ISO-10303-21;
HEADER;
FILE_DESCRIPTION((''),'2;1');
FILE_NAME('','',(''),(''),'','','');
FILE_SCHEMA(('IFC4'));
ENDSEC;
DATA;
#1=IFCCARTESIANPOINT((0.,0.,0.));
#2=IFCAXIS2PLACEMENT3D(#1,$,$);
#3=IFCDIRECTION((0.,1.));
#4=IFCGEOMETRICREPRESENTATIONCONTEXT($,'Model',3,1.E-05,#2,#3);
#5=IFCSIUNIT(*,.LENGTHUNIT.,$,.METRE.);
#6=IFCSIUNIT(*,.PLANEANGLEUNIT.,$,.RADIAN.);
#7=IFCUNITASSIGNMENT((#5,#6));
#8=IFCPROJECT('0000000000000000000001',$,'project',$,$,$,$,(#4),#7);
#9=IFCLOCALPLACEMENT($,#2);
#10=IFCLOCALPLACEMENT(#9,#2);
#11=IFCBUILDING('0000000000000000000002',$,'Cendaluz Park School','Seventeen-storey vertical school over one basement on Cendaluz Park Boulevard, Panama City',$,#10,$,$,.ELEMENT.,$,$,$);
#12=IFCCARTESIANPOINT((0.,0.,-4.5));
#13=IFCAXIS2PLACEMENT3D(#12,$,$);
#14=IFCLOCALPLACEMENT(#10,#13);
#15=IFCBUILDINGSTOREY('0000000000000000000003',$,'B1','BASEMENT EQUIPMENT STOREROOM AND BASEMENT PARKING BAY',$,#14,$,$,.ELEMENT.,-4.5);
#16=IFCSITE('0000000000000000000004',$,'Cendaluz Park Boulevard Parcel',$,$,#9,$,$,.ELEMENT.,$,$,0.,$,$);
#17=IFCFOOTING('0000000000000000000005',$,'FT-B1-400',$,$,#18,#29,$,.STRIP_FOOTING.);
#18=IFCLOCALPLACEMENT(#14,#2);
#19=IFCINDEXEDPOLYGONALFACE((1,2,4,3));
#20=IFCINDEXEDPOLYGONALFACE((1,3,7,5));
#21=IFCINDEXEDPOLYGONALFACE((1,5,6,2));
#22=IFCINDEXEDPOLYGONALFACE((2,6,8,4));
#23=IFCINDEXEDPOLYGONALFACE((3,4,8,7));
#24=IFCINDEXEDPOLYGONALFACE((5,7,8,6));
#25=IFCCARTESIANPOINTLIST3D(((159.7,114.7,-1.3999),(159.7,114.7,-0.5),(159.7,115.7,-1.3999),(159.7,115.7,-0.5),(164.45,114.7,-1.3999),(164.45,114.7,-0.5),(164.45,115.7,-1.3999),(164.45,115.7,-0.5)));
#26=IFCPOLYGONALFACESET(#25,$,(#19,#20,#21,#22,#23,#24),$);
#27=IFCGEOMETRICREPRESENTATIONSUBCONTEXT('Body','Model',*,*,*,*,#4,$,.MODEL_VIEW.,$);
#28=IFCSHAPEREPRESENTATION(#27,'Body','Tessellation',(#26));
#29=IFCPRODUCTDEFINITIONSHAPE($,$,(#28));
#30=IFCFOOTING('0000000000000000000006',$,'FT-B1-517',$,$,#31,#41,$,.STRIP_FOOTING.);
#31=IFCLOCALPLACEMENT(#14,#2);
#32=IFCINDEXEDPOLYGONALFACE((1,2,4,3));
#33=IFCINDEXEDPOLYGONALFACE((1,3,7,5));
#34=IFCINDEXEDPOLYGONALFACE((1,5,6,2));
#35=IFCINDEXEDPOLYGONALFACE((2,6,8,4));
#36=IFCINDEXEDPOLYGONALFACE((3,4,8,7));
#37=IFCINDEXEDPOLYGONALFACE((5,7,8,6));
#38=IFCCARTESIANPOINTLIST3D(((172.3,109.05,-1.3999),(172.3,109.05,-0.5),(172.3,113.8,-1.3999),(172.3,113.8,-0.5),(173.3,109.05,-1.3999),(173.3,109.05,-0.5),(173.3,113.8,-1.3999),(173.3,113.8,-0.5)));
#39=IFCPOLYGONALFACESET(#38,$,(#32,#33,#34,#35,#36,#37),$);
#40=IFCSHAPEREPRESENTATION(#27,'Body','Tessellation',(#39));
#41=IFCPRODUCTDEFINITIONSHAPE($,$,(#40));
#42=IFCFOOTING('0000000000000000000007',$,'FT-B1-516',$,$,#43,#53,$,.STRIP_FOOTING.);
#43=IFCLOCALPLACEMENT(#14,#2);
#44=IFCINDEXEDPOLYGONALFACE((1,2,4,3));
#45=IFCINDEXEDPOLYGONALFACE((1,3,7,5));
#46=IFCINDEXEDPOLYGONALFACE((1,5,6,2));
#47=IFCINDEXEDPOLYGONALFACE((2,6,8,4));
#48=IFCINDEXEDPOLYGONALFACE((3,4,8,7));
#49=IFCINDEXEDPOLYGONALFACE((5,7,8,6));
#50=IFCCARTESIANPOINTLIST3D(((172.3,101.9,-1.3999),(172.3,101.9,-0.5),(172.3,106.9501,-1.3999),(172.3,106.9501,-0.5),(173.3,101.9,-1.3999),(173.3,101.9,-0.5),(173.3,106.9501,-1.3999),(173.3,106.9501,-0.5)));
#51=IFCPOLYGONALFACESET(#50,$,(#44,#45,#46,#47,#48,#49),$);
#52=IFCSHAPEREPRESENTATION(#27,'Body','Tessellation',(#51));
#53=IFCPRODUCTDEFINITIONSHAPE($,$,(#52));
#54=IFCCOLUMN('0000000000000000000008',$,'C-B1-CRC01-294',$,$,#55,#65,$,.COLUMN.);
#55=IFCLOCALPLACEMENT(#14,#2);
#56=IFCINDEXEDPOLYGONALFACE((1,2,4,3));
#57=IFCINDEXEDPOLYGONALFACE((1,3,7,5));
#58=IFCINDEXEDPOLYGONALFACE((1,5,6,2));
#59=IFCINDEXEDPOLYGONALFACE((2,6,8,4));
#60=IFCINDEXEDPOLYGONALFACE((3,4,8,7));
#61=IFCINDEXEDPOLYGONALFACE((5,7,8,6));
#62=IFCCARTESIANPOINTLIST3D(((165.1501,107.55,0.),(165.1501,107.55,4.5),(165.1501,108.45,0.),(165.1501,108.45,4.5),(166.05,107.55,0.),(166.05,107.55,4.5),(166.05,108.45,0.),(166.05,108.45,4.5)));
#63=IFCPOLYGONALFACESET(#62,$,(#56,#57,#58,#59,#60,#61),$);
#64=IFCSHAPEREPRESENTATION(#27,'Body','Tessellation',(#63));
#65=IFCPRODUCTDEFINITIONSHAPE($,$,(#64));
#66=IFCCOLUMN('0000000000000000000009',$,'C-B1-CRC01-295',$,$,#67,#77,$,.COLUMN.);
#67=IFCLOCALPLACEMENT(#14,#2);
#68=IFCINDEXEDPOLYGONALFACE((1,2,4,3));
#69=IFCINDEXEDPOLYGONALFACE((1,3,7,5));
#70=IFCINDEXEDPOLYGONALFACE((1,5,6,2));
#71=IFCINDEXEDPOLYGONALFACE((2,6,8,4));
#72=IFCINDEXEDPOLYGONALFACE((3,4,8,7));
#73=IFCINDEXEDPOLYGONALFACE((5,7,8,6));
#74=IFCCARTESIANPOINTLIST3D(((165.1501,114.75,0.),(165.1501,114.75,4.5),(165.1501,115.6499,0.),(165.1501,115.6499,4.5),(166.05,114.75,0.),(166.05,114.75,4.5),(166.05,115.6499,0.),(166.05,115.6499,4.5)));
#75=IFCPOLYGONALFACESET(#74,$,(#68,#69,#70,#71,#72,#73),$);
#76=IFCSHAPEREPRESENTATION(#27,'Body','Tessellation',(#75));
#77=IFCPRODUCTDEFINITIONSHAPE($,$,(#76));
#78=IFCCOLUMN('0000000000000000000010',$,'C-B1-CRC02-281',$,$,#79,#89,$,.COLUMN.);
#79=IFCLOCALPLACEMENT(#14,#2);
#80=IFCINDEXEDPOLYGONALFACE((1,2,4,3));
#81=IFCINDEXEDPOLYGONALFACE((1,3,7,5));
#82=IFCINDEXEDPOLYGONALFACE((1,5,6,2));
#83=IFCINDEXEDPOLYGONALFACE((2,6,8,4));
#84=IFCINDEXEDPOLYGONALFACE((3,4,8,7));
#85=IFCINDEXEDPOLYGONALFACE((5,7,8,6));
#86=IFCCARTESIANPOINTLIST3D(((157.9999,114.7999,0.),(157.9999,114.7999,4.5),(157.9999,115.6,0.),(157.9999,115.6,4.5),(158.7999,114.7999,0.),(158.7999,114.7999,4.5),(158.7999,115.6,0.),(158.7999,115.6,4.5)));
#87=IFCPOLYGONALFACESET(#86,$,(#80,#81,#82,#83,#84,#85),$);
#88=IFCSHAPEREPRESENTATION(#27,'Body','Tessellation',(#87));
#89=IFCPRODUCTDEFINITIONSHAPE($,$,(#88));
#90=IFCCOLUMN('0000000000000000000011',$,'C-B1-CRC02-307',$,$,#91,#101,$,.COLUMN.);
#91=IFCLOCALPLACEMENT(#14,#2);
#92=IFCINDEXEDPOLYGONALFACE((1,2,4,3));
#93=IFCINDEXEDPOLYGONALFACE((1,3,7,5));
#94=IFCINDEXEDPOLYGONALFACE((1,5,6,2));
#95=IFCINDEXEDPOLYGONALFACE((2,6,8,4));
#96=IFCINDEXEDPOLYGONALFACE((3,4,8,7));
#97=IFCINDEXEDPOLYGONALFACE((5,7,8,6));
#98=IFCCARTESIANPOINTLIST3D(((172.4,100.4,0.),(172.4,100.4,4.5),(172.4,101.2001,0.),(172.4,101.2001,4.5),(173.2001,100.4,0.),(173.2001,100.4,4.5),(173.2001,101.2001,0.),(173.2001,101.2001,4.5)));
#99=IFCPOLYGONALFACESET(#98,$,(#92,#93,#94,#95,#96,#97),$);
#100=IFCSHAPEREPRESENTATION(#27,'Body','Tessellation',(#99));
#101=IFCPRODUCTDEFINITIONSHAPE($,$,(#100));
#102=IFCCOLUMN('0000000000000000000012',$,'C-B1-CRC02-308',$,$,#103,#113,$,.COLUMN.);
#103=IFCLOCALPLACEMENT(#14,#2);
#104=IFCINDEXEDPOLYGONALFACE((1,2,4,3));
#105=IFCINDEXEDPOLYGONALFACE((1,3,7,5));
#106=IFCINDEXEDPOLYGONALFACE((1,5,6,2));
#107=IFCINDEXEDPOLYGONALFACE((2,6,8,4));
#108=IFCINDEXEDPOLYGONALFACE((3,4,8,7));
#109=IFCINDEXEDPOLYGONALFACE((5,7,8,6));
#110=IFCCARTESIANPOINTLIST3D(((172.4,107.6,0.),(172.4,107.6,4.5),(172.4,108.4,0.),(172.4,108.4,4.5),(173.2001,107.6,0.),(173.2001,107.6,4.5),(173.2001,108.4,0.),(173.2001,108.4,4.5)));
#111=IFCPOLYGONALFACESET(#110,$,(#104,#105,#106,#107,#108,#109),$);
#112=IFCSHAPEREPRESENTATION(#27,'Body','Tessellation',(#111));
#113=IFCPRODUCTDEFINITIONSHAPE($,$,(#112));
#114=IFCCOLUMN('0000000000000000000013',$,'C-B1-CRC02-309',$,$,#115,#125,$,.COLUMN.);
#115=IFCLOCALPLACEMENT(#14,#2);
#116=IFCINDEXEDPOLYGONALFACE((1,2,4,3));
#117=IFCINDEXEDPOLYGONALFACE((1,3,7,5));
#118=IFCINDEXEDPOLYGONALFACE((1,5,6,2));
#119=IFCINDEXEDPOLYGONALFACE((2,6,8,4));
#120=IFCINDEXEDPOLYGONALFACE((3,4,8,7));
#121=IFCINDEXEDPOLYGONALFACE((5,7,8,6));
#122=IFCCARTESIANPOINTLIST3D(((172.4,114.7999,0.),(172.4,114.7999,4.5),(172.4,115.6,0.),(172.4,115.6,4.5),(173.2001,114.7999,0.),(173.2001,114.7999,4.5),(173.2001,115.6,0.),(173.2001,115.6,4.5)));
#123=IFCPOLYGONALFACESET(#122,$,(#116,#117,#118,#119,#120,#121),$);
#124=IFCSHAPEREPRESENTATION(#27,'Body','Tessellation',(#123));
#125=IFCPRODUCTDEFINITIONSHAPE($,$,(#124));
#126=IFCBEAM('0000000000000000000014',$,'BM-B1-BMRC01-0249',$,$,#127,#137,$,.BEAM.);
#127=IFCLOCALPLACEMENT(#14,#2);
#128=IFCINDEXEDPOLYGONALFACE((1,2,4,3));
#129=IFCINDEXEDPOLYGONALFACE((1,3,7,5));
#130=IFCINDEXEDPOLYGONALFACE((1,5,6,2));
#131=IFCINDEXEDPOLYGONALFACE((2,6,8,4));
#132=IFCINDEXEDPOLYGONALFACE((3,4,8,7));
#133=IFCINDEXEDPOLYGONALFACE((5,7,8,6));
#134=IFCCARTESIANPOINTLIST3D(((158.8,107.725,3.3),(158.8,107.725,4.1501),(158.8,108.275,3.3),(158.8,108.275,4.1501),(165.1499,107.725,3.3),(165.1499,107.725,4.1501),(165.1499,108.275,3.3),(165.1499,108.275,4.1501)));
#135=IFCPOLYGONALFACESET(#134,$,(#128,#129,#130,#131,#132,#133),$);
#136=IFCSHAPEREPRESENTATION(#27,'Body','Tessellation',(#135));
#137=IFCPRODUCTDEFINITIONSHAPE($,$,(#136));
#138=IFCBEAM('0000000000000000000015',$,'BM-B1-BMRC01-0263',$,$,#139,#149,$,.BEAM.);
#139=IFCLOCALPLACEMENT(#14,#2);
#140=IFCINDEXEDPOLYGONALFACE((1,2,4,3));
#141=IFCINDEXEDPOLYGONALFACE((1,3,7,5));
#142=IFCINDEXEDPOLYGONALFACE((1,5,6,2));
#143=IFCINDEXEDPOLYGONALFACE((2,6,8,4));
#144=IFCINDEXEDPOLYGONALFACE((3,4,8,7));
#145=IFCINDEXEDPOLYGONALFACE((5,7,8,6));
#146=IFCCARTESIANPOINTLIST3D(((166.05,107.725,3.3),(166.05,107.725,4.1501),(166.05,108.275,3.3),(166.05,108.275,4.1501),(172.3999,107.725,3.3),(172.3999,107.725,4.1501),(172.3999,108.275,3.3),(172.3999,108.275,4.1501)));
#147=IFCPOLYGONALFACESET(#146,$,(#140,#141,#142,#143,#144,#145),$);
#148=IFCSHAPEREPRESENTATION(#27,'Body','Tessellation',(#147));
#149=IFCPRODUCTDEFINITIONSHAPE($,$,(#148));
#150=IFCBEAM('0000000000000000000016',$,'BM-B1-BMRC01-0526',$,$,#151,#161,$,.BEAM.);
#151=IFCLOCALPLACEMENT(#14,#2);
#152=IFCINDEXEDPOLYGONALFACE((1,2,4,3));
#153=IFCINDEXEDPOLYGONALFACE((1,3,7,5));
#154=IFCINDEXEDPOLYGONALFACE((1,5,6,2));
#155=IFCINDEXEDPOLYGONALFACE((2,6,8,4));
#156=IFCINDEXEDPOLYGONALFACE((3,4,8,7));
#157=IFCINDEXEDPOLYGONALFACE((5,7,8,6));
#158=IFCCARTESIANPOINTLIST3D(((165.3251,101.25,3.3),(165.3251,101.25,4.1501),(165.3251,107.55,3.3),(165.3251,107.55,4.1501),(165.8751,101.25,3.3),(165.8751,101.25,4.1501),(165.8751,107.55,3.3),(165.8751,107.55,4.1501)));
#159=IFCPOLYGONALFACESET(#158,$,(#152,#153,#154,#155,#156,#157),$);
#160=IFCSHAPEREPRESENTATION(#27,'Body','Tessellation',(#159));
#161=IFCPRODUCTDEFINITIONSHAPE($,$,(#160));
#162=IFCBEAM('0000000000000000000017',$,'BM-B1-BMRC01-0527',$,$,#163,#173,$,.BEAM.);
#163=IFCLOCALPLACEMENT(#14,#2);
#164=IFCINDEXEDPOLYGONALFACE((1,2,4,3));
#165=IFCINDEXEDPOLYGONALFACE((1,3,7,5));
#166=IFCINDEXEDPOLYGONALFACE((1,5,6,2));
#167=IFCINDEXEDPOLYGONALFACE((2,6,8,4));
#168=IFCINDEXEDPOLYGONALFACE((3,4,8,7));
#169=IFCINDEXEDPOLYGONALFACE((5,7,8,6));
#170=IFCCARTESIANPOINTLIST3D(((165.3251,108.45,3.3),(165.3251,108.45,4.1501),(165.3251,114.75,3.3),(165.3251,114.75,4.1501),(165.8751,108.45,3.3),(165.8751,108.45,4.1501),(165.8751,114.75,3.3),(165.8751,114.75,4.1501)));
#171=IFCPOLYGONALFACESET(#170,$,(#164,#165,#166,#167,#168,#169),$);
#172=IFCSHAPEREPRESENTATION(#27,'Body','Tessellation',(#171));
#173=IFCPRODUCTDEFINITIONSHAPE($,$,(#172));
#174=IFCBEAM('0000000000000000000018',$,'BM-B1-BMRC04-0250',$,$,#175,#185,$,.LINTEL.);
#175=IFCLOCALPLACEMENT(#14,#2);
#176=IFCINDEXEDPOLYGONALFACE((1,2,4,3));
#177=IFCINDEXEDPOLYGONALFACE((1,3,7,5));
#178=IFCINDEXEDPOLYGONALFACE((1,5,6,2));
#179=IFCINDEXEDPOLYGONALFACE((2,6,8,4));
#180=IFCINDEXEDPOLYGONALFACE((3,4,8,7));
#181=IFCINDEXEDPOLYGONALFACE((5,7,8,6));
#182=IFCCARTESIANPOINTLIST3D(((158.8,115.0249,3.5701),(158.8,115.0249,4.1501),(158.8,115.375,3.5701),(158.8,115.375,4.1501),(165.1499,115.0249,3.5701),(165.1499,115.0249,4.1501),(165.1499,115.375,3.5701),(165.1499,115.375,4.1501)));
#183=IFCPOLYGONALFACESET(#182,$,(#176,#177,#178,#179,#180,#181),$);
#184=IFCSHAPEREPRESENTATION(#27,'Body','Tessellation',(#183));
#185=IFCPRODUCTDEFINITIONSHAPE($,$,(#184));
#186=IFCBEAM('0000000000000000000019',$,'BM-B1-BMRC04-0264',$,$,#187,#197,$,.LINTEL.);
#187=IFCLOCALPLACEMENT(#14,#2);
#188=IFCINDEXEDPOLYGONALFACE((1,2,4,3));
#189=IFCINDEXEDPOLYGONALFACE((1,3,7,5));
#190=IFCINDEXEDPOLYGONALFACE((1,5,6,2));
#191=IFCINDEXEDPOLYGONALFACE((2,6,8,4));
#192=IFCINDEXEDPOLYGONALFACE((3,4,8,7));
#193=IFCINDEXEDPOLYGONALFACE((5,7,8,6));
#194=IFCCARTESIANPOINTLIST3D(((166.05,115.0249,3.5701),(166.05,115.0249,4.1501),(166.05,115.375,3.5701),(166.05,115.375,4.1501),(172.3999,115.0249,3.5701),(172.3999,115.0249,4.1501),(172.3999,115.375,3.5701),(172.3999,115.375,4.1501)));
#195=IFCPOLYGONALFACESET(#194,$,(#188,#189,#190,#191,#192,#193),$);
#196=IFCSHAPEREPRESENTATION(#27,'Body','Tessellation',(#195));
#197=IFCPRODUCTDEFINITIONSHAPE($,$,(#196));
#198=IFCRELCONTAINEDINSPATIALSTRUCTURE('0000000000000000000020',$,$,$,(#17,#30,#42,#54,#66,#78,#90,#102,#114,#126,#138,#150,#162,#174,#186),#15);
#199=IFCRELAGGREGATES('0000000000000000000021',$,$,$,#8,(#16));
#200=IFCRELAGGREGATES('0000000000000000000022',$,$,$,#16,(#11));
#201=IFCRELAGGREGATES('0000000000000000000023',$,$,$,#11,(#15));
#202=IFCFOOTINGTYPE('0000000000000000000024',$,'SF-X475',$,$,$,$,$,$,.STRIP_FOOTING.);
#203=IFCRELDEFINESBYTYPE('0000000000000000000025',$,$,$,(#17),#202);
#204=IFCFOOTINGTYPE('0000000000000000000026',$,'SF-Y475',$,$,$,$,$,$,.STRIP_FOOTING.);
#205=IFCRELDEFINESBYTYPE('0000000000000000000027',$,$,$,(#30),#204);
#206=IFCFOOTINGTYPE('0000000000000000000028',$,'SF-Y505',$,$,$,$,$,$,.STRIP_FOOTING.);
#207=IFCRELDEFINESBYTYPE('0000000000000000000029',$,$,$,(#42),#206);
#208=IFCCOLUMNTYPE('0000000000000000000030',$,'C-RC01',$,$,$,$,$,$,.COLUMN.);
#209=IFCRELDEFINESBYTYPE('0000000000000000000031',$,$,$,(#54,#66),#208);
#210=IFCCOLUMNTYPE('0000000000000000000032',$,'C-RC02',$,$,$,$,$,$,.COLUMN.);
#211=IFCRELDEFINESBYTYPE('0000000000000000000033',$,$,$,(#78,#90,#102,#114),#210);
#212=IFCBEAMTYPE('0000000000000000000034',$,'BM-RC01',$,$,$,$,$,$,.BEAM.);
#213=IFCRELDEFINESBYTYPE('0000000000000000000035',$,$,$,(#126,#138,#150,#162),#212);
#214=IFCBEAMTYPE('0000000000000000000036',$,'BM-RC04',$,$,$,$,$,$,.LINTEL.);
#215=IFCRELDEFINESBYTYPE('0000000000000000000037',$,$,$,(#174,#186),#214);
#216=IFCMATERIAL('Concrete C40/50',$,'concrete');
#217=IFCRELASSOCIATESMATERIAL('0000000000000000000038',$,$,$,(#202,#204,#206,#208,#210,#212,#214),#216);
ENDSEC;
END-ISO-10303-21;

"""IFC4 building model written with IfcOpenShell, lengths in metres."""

from ifc_helpers import new_model, si_unit, direction, frame, origin, origin_2d, place, context, subcontext, project, spatial, rectangle, extrude, material, material_profile, profile_set, type_object, element, save


model = new_model("IFC4")

# Units and contexts
model_context = context("Model", 3, precision=1e-05, world=origin(), true_north=direction((0.0, 1.0)))
body_context = subcontext(model_context, "Body", "Model", "MODEL_VIEW")
ifc_project = project(units=[si_unit("LENGTHUNIT", "METRE"), si_unit("PLANEANGLEUNIT", "RADIAN")], contexts=[model_context])

# Site, building, storey
site_placement = place(None, origin())
site = spatial("IfcSite", under=ifc_project, at=site_placement, Name="Cendaluz Park Boulevard Parcel", CompositionType="ELEMENT", RefElevation=0.0)
building_placement = place(site_placement, origin())
building = spatial("IfcBuilding", under=site, at=building_placement, Name="Cendaluz Park School", Description="Seventeen-storey vertical school over one basement on Cendaluz Park Boulevard, Panama City", CompositionType="ELEMENT")
storey_placement = place(building_placement, frame((0.0, 0.0, -4.5)))
storey = spatial("IfcBuildingStorey", under=building, at=storey_placement, Name="B1", Description="BASEMENT EQUIPMENT STOREROOM AND BASEMENT PARKING BAY", CompositionType="ELEMENT", Elevation=-4.5)

# Shared definitions
ifc_material_1 = material(Name="Concrete C40/50", Category="concrete")

# Footings
footing_type_1 = type_object("IfcFootingType", Name="SF-X475", PredefinedType="STRIP_FOOTING", material=ifc_material_1)
footing_1_placement = place(storey_placement, frame((162.075, 115.2, -1.3999), z_axis=(0.0, 0.0, 1.0), x_axis=(1.0, 0.0, 0.0)))
element("IfcFooting", 1, at=footing_1_placement, inside=storey, type_object=footing_type_1, Name="FT-B1-400", PredefinedType="STRIP_FOOTING", context=body_context, shape_type="SweptSolid", body=[
    extrude(rectangle(XDim=4.75, YDim=1.0, at=origin_2d()), origin(), (0.0, 0.0, 1.0), 0.8999),
])
footing_type_2 = type_object("IfcFootingType", Name="SF-Y475", PredefinedType="STRIP_FOOTING", material=ifc_material_1)
footing_2_placement = place(storey_placement, frame((172.8, 111.425, -1.3999), z_axis=(0.0, 0.0, 1.0), x_axis=(1.0, 0.0, 0.0)))
element("IfcFooting", 2, at=footing_2_placement, inside=storey, type_object=footing_type_2, Name="FT-B1-517", PredefinedType="STRIP_FOOTING", context=body_context, shape_type="SweptSolid", body=[
    extrude(rectangle(XDim=1.0, YDim=4.75, at=origin_2d()), origin(), (0.0, 0.0, 1.0), 0.8999),
])
footing_type_3 = type_object("IfcFootingType", Name="SF-Y505", PredefinedType="STRIP_FOOTING", material=ifc_material_1)
footing_3_placement = place(storey_placement, frame((172.8, 104.425, -1.3999), z_axis=(0.0, 0.0, 1.0), x_axis=(1.0, 0.0, 0.0)))
element("IfcFooting", 3, at=footing_3_placement, inside=storey, type_object=footing_type_3, Name="FT-B1-516", PredefinedType="STRIP_FOOTING", context=body_context, shape_type="SweptSolid", body=[
    extrude(rectangle(XDim=1.0, YDim=5.05, at=origin_2d()), origin(), (0.0, 0.0, 1.0), 0.8999),
])

# Columns
ifc_material_profile_1 = material_profile(ifc_material_1, rectangle(XDim=0.8999, YDim=0.8999, at=origin_2d()), Name="RC 900x900", Category="concrete")
ifc_profile_set_1 = profile_set([ifc_material_profile_1], Name="Concrete C40/50")
column_type_1 = type_object("IfcColumnType", Name="C-RC01", PredefinedType="COLUMN", material=ifc_profile_set_1)
for number, where, z_axis, x_axis, name in (
    (4, (165.6001, 108.0, 0.0), (0.0, 0.0, 1.0), (1.0, 0.0, 0.0), "C-B1-CRC01-294"),
    (5, (165.6001, 115.2, 0.0), (0.0, 0.0, 1.0), (1.0, 0.0, 0.0), "C-B1-CRC01-295"),
):
    element("IfcColumn", number, at=place(storey_placement, frame(where, z_axis=z_axis, x_axis=x_axis)), inside=storey, type_object=column_type_1, Name=name, PredefinedType="COLUMN", context=body_context, shape_type="SweptSolid", body=[
        extrude(rectangle(XDim=0.8999, YDim=0.8999, at=origin_2d()), origin(), (0.0, 0.0, 1.0), 4.5),
    ])
ifc_material_profile_2 = material_profile(ifc_material_1, rectangle(XDim=0.8, YDim=0.8, at=origin_2d()), Name="RC 800x800", Category="concrete")
ifc_profile_set_2 = profile_set([ifc_material_profile_2], Name="Concrete C40/50")
column_type_2 = type_object("IfcColumnType", Name="C-RC02", PredefinedType="COLUMN", material=ifc_profile_set_2)
for number, where, z_axis, x_axis, name in (
    (6, (158.3999, 115.2, 0.0), (0.0, 0.0, 1.0), (1.0, 0.0, 0.0), "C-B1-CRC02-281"),
    (7, (172.8, 100.8, 0.0), (0.0, 0.0, 1.0), (1.0, 0.0, 0.0), "C-B1-CRC02-307"),
    (8, (172.8, 108.0, 0.0), (0.0, 0.0, 1.0), (1.0, 0.0, 0.0), "C-B1-CRC02-308"),
    (9, (172.8, 115.2, 0.0), (0.0, 0.0, 1.0), (1.0, 0.0, 0.0), "C-B1-CRC02-309"),
):
    element("IfcColumn", number, at=place(storey_placement, frame(where, z_axis=z_axis, x_axis=x_axis)), inside=storey, type_object=column_type_2, Name=name, PredefinedType="COLUMN", context=body_context, shape_type="SweptSolid", body=[
        extrude(rectangle(XDim=0.8, YDim=0.8, at=origin_2d()), origin(), (0.0, 0.0, 1.0), 4.5),
    ])

# Beams
ifc_material_profile_3 = material_profile(ifc_material_1, rectangle(XDim=0.55, YDim=0.8501, at=origin_2d()), Name="RC 550x850", Category="concrete")
ifc_profile_set_3 = profile_set([ifc_material_profile_3], Name="Concrete C40/50")
beam_type_1 = type_object("IfcBeamType", Name="BM-RC01", PredefinedType="BEAM", material=ifc_profile_set_3)
for number, where, z_axis, x_axis, name in (
    (10, (158.8, 108.0, 3.7251), (1.0, 0.0, 0.0), (0.0, 1.0, 0.0), "BM-B1-BMRC01-0249"),
    (11, (166.05, 108.0, 3.7251), (1.0, 0.0, 0.0), (0.0, 1.0, 0.0), "BM-B1-BMRC01-0263"),
):
    element("IfcBeam", number, at=place(storey_placement, frame(where, z_axis=z_axis, x_axis=x_axis)), inside=storey, type_object=beam_type_1, Name=name, PredefinedType="BEAM", context=body_context, shape_type="SweptSolid", body=[
        extrude(rectangle(XDim=0.55, YDim=0.8501, at=origin_2d()), origin(), (0.0, 0.0, 1.0), 6.3499),
    ])
for number, where, z_axis, x_axis, name in (
    (12, (165.6001, 101.25, 3.7251), (0.0, 1.0, 0.0), (-1.0, 0.0, 0.0), "BM-B1-BMRC01-0526"),
    (13, (165.6001, 108.45, 3.7251), (0.0, 1.0, 0.0), (-1.0, 0.0, 0.0), "BM-B1-BMRC01-0527"),
):
    element("IfcBeam", number, at=place(storey_placement, frame(where, z_axis=z_axis, x_axis=x_axis)), inside=storey, type_object=beam_type_1, Name=name, PredefinedType="BEAM", context=body_context, shape_type="SweptSolid", body=[
        extrude(rectangle(XDim=0.55, YDim=0.8501, at=origin_2d()), origin(), (0.0, 0.0, 1.0), 6.3),
    ])
ifc_material_profile_4 = material_profile(ifc_material_1, rectangle(XDim=0.3501, YDim=0.5801, at=origin_2d()), Name="RC 350x580", Category="concrete")
ifc_profile_set_4 = profile_set([ifc_material_profile_4], Name="Concrete C40/50")
beam_type_2 = type_object("IfcBeamType", Name="BM-RC04", PredefinedType="LINTEL", material=ifc_profile_set_4)
for number, where, z_axis, x_axis, name in (
    (14, (158.8, 115.2, 3.8601), (1.0, 0.0, 0.0), (0.0, 1.0, 0.0), "BM-B1-BMRC04-0250"),
    (15, (166.05, 115.2, 3.8601), (1.0, 0.0, 0.0), (0.0, 1.0, 0.0), "BM-B1-BMRC04-0264"),
):
    element("IfcBeam", number, at=place(storey_placement, frame(where, z_axis=z_axis, x_axis=x_axis)), inside=storey, type_object=beam_type_2, Name=name, PredefinedType="LINTEL", context=body_context, shape_type="SweptSolid", body=[
        extrude(rectangle(XDim=0.3501, YDim=0.5801, at=origin_2d()), origin(), (0.0, 0.0, 1.0), 6.3499),
    ])

save(model, "model.ifc")
